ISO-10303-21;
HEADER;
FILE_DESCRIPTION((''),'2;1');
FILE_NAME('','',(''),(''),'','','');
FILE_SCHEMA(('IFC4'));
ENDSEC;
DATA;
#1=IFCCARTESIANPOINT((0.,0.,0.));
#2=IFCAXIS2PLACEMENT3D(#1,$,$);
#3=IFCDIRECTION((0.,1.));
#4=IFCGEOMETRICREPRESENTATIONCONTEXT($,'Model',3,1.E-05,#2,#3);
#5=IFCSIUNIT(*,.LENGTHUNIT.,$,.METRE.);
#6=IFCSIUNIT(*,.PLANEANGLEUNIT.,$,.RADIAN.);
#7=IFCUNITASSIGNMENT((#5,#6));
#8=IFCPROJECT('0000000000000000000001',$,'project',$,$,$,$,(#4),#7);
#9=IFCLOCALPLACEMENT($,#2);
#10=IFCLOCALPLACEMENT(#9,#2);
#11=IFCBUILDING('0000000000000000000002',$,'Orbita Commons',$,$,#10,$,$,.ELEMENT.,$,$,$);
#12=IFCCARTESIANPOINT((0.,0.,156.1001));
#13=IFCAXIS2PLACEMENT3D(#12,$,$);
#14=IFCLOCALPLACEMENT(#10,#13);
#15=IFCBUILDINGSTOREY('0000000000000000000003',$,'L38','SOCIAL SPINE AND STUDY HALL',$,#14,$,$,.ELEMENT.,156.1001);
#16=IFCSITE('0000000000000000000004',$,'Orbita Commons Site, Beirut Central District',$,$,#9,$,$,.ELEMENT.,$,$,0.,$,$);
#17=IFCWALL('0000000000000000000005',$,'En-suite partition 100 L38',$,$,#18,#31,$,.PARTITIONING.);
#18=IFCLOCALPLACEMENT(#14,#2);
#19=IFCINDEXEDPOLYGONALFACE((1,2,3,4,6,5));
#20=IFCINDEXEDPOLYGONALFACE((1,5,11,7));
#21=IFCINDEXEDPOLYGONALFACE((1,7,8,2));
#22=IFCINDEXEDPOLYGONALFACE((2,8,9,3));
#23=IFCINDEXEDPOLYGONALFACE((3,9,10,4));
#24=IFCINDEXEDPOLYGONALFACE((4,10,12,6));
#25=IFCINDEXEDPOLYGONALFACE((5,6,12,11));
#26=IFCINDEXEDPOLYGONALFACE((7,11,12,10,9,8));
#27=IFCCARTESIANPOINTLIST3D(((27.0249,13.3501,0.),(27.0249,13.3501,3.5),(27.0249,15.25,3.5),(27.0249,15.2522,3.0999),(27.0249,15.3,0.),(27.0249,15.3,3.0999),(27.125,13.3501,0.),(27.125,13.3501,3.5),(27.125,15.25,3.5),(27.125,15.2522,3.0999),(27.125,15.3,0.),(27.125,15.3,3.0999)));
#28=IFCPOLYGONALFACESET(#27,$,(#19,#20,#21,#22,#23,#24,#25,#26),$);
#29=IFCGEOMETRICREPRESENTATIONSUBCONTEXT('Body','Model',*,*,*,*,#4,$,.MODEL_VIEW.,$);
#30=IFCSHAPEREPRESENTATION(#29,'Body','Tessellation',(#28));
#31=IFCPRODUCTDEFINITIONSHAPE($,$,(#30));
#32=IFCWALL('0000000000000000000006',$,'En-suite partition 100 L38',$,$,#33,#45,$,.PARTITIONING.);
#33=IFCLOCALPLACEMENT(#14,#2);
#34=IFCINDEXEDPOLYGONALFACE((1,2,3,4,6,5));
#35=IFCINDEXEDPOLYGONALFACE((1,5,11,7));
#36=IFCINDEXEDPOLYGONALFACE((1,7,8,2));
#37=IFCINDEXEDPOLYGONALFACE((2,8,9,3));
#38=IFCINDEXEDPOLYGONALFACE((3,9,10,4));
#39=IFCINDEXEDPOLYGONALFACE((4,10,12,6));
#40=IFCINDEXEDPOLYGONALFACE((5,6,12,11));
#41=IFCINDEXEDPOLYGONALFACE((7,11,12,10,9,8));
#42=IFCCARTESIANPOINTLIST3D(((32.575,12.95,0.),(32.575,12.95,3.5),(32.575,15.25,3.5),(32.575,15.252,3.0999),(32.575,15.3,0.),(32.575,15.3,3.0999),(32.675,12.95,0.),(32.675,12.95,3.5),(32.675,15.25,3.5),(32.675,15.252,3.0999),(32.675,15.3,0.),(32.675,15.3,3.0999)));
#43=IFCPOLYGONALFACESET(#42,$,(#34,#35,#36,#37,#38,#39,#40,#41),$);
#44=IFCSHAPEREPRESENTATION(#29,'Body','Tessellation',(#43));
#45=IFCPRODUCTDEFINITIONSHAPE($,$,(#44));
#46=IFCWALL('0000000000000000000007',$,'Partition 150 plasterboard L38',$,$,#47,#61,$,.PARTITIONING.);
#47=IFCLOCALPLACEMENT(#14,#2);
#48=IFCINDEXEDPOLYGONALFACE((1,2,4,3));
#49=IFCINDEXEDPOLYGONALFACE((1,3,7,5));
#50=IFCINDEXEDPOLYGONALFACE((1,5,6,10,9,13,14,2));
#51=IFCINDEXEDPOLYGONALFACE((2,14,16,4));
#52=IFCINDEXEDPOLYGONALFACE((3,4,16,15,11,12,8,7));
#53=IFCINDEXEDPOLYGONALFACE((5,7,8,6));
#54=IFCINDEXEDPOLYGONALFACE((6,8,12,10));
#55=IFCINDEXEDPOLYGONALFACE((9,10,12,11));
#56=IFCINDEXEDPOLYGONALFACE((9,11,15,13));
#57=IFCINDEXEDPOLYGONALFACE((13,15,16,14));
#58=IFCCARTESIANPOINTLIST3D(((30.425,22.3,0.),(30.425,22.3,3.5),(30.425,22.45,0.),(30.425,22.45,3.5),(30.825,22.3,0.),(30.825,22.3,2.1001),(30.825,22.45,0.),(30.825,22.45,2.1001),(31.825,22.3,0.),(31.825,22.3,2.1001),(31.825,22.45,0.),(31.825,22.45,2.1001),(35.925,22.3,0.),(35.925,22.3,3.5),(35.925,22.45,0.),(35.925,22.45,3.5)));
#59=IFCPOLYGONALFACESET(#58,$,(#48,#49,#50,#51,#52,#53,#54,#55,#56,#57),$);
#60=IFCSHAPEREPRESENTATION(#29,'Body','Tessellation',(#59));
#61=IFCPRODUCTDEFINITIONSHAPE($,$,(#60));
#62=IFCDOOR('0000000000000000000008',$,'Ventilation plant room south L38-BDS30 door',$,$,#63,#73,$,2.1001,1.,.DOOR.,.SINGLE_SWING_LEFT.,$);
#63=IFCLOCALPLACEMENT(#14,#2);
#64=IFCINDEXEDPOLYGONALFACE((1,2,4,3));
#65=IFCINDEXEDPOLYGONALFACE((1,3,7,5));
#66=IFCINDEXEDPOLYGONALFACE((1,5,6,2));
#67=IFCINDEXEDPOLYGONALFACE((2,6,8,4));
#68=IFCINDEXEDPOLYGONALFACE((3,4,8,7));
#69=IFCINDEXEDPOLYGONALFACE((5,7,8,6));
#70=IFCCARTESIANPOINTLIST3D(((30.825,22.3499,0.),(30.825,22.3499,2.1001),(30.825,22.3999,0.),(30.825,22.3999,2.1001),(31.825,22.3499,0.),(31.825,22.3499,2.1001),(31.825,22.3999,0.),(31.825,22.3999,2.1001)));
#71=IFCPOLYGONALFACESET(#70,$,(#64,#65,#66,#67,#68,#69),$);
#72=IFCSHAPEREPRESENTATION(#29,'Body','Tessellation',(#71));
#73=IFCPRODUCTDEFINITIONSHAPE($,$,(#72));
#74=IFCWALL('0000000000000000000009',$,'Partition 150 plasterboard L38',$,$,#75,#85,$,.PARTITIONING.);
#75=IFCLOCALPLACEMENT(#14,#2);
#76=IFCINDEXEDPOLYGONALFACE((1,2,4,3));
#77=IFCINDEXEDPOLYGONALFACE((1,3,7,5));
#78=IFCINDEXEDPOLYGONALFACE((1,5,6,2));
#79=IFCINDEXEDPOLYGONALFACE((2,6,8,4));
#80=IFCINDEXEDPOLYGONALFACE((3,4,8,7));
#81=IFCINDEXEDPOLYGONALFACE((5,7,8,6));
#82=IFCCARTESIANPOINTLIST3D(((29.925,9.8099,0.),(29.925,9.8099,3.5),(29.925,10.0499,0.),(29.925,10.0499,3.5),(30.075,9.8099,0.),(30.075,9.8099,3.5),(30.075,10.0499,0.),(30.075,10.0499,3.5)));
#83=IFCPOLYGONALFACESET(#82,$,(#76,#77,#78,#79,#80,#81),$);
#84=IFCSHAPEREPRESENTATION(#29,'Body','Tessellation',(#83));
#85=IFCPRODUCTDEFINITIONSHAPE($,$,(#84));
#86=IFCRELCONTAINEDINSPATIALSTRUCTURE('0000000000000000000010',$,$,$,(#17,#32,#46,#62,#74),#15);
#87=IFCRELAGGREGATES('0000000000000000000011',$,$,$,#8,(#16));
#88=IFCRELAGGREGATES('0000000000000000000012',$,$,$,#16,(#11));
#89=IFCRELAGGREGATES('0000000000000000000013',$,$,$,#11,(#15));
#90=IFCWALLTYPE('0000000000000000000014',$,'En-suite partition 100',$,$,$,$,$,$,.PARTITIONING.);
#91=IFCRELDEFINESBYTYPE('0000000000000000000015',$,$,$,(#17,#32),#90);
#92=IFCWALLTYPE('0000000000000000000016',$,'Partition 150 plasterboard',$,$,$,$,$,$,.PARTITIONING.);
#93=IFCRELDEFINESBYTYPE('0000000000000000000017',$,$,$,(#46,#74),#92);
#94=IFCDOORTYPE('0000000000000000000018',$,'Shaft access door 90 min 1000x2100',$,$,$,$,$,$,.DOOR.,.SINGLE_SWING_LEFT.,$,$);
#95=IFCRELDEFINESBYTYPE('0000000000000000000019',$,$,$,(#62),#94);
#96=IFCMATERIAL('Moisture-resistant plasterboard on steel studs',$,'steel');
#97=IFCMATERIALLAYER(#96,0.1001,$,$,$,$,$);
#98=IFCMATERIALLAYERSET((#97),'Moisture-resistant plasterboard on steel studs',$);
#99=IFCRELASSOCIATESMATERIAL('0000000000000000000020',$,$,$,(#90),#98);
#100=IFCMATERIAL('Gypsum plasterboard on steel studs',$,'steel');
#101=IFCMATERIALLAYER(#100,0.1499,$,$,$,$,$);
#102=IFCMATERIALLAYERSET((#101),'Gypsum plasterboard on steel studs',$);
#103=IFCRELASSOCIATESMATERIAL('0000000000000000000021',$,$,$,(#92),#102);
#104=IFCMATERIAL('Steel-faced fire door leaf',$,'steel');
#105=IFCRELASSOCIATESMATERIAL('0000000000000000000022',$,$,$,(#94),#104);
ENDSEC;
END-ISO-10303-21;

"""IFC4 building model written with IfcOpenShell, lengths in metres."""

from ifc_helpers import new_model, si_unit, direction, frame, frame_2d, origin, place, context, subcontext, project, spatial, polyline, rectangle, outline, extrude, material, layer, layer_set, type_object, element, fill, save


model = new_model("IFC4")

# Units and contexts
model_context = context("Model", 3, precision=1e-05, world=origin(), true_north=direction((0.0, 1.0)))
body_context = subcontext(model_context, "Body", "Model", "MODEL_VIEW")
ifc_project = project(units=[si_unit("LENGTHUNIT", "METRE"), si_unit("PLANEANGLEUNIT", "RADIAN")], contexts=[model_context])

# Site, building, storey
site_placement = place(None, origin())
site = spatial("IfcSite", under=ifc_project, at=site_placement, Name="Orbita Commons Site, Beirut Central District", CompositionType="ELEMENT", RefElevation=0.0)
building_placement = place(site_placement, origin())
building = spatial("IfcBuilding", under=site, at=building_placement, Name="Orbita Commons", CompositionType="ELEMENT")
storey_placement = place(building_placement, frame((0.0, 0.0, 156.1001)))
storey = spatial("IfcBuildingStorey", under=building, at=storey_placement, Name="L38", Description="SOCIAL SPINE AND STUDY HALL", CompositionType="ELEMENT", Elevation=156.1001)

# Shared definitions
ifc_material_1 = material(Name="Moisture-resistant plasterboard on steel studs", Category="steel")
ifc_layer_1 = layer(ifc_material_1, 0.1001)
ifc_layer_set_1 = layer_set([ifc_layer_1], Name="Moisture-resistant plasterboard on steel studs")
wall_type_1 = type_object("IfcWallType", Name="En-suite partition 100", PredefinedType="PARTITIONING", material=ifc_layer_set_1)

# Walls
wall_1_placement = place(storey_placement, frame((27.075, 13.3501, 0.0), z_axis=(0.0, 0.0, 1.0), x_axis=(0.0, 1.0, 0.0)))
element("IfcWall", 1, at=wall_1_placement, inside=storey, type_object=wall_type_1, Name="En-suite partition 100 L38", PredefinedType="PARTITIONING", context=body_context, shape_type="SweptSolid", body=[
    extrude(outline(polyline([(0.0, 0.0), (1.95, 0.0), (1.95, 3.0999), (1.9021, 3.0999), (1.8999, 3.5), (0.0, 3.5), (0.0, 0.0)])), frame((0.0, 0.05, 0.0), z_axis=(0.0, -1.0, 0.0), x_axis=(1.0, 0.0, 0.0)), (0.0, 0.0, 1.0), 0.1001),
])
wall_2_placement = place(storey_placement, frame((32.625, 12.95, 0.0), z_axis=(0.0, 0.0, 1.0), x_axis=(0.0, 1.0, 0.0)))
element("IfcWall", 2, at=wall_2_placement, inside=storey, type_object=wall_type_1, Name="En-suite partition 100 L38", PredefinedType="PARTITIONING", context=body_context, shape_type="SweptSolid", body=[
    extrude(outline(polyline([(0.0, 0.0), (2.3501, 0.0), (2.3501, 3.0999), (2.302, 3.0999), (2.3, 3.5), (0.0, 3.5), (0.0, 0.0)])), frame((0.0, 0.05, 0.0), z_axis=(0.0, -1.0, 0.0), x_axis=(1.0, 0.0, 0.0)), (0.0, 0.0, 1.0), 0.1001),
])

# Wall, opening, door
ifc_material_2 = material(Name="Gypsum plasterboard on steel studs", Category="steel")
ifc_layer_2 = layer(ifc_material_2, 0.1499)
ifc_layer_set_2 = layer_set([ifc_layer_2], Name="Gypsum plasterboard on steel studs")
wall_type_2 = type_object("IfcWallType", Name="Partition 150 plasterboard", PredefinedType="PARTITIONING", material=ifc_layer_set_2)
wall_3_placement = place(storey_placement, frame((30.425, 22.375, 0.0), z_axis=(0.0, 0.0, 1.0), x_axis=(1.0, 0.0, 0.0)))
wall_3 = element("IfcWall", 3, at=wall_3_placement, inside=storey, type_object=wall_type_2, Name="Partition 150 plasterboard L38", PredefinedType="PARTITIONING", context=body_context, shape_type="SweptSolid", body=[
    extrude(rectangle(XDim=5.5, YDim=0.1499, at=frame_2d((2.75, 0.0))), origin(), (0.0, 0.0, 1.0), 3.5),
])
opening_1_placement = place(wall_3_placement, frame((0.3999, 0.0, 0.0)))
opening_1 = element("IfcOpeningElement", 4, at=opening_1_placement, cuts=wall_3, PredefinedType="OPENING", context=body_context, shape_type="SweptSolid", body=[
    extrude(rectangle(XDim=1.0, YDim=2.1001, at=frame_2d((0.5, 1.05))), frame((0.0, 0.085, 0.0), z_axis=(0.0, -1.0, 0.0), x_axis=(1.0, 0.0, 0.0)), (0.0, 0.0, 1.0), 0.1699),
])
ifc_material_3 = material(Name="Steel-faced fire door leaf", Category="steel")
door_type_1 = type_object("IfcDoorType", Name="Shaft access door 90 min 1000x2100", OperationType="SINGLE_SWING_LEFT", PredefinedType="DOOR", material=ifc_material_3)
door_1_placement = place(opening_1_placement, origin())
door_1 = element("IfcDoor", 5, at=door_1_placement, inside=storey, type_object=door_type_1, Name="Ventilation plant room south L38-BDS30 door", OperationType="SINGLE_SWING_LEFT", OverallHeight=2.1001, OverallWidth=1.0, PredefinedType="DOOR", context=body_context, shape_type="SweptSolid", body=[
    extrude(rectangle(XDim=1.0, YDim=2.1001, at=frame_2d((0.5, 1.05))), frame((0.0, 0.0249, 0.0), z_axis=(0.0, -1.0, 0.0), x_axis=(1.0, 0.0, 0.0)), (0.0, 0.0, 1.0), 0.05),
])
fill(opening_1, door_1)

# Wall
wall_4_placement = place(storey_placement, frame((30.0, 10.05, 0.0), z_axis=(0.0, 0.0, 1.0), x_axis=(0.0, -1.0, 0.0)))
element("IfcWall", 6, at=wall_4_placement, inside=storey, type_object=wall_type_2, Name="Partition 150 plasterboard L38", PredefinedType="PARTITIONING", context=body_context, shape_type="SweptSolid", body=[
    extrude(rectangle(XDim=0.24, YDim=0.1499, at=frame_2d((0.1201, 0.0))), origin(), (0.0, 0.0, 1.0), 3.5),
])

save(model, "model.ifc")
